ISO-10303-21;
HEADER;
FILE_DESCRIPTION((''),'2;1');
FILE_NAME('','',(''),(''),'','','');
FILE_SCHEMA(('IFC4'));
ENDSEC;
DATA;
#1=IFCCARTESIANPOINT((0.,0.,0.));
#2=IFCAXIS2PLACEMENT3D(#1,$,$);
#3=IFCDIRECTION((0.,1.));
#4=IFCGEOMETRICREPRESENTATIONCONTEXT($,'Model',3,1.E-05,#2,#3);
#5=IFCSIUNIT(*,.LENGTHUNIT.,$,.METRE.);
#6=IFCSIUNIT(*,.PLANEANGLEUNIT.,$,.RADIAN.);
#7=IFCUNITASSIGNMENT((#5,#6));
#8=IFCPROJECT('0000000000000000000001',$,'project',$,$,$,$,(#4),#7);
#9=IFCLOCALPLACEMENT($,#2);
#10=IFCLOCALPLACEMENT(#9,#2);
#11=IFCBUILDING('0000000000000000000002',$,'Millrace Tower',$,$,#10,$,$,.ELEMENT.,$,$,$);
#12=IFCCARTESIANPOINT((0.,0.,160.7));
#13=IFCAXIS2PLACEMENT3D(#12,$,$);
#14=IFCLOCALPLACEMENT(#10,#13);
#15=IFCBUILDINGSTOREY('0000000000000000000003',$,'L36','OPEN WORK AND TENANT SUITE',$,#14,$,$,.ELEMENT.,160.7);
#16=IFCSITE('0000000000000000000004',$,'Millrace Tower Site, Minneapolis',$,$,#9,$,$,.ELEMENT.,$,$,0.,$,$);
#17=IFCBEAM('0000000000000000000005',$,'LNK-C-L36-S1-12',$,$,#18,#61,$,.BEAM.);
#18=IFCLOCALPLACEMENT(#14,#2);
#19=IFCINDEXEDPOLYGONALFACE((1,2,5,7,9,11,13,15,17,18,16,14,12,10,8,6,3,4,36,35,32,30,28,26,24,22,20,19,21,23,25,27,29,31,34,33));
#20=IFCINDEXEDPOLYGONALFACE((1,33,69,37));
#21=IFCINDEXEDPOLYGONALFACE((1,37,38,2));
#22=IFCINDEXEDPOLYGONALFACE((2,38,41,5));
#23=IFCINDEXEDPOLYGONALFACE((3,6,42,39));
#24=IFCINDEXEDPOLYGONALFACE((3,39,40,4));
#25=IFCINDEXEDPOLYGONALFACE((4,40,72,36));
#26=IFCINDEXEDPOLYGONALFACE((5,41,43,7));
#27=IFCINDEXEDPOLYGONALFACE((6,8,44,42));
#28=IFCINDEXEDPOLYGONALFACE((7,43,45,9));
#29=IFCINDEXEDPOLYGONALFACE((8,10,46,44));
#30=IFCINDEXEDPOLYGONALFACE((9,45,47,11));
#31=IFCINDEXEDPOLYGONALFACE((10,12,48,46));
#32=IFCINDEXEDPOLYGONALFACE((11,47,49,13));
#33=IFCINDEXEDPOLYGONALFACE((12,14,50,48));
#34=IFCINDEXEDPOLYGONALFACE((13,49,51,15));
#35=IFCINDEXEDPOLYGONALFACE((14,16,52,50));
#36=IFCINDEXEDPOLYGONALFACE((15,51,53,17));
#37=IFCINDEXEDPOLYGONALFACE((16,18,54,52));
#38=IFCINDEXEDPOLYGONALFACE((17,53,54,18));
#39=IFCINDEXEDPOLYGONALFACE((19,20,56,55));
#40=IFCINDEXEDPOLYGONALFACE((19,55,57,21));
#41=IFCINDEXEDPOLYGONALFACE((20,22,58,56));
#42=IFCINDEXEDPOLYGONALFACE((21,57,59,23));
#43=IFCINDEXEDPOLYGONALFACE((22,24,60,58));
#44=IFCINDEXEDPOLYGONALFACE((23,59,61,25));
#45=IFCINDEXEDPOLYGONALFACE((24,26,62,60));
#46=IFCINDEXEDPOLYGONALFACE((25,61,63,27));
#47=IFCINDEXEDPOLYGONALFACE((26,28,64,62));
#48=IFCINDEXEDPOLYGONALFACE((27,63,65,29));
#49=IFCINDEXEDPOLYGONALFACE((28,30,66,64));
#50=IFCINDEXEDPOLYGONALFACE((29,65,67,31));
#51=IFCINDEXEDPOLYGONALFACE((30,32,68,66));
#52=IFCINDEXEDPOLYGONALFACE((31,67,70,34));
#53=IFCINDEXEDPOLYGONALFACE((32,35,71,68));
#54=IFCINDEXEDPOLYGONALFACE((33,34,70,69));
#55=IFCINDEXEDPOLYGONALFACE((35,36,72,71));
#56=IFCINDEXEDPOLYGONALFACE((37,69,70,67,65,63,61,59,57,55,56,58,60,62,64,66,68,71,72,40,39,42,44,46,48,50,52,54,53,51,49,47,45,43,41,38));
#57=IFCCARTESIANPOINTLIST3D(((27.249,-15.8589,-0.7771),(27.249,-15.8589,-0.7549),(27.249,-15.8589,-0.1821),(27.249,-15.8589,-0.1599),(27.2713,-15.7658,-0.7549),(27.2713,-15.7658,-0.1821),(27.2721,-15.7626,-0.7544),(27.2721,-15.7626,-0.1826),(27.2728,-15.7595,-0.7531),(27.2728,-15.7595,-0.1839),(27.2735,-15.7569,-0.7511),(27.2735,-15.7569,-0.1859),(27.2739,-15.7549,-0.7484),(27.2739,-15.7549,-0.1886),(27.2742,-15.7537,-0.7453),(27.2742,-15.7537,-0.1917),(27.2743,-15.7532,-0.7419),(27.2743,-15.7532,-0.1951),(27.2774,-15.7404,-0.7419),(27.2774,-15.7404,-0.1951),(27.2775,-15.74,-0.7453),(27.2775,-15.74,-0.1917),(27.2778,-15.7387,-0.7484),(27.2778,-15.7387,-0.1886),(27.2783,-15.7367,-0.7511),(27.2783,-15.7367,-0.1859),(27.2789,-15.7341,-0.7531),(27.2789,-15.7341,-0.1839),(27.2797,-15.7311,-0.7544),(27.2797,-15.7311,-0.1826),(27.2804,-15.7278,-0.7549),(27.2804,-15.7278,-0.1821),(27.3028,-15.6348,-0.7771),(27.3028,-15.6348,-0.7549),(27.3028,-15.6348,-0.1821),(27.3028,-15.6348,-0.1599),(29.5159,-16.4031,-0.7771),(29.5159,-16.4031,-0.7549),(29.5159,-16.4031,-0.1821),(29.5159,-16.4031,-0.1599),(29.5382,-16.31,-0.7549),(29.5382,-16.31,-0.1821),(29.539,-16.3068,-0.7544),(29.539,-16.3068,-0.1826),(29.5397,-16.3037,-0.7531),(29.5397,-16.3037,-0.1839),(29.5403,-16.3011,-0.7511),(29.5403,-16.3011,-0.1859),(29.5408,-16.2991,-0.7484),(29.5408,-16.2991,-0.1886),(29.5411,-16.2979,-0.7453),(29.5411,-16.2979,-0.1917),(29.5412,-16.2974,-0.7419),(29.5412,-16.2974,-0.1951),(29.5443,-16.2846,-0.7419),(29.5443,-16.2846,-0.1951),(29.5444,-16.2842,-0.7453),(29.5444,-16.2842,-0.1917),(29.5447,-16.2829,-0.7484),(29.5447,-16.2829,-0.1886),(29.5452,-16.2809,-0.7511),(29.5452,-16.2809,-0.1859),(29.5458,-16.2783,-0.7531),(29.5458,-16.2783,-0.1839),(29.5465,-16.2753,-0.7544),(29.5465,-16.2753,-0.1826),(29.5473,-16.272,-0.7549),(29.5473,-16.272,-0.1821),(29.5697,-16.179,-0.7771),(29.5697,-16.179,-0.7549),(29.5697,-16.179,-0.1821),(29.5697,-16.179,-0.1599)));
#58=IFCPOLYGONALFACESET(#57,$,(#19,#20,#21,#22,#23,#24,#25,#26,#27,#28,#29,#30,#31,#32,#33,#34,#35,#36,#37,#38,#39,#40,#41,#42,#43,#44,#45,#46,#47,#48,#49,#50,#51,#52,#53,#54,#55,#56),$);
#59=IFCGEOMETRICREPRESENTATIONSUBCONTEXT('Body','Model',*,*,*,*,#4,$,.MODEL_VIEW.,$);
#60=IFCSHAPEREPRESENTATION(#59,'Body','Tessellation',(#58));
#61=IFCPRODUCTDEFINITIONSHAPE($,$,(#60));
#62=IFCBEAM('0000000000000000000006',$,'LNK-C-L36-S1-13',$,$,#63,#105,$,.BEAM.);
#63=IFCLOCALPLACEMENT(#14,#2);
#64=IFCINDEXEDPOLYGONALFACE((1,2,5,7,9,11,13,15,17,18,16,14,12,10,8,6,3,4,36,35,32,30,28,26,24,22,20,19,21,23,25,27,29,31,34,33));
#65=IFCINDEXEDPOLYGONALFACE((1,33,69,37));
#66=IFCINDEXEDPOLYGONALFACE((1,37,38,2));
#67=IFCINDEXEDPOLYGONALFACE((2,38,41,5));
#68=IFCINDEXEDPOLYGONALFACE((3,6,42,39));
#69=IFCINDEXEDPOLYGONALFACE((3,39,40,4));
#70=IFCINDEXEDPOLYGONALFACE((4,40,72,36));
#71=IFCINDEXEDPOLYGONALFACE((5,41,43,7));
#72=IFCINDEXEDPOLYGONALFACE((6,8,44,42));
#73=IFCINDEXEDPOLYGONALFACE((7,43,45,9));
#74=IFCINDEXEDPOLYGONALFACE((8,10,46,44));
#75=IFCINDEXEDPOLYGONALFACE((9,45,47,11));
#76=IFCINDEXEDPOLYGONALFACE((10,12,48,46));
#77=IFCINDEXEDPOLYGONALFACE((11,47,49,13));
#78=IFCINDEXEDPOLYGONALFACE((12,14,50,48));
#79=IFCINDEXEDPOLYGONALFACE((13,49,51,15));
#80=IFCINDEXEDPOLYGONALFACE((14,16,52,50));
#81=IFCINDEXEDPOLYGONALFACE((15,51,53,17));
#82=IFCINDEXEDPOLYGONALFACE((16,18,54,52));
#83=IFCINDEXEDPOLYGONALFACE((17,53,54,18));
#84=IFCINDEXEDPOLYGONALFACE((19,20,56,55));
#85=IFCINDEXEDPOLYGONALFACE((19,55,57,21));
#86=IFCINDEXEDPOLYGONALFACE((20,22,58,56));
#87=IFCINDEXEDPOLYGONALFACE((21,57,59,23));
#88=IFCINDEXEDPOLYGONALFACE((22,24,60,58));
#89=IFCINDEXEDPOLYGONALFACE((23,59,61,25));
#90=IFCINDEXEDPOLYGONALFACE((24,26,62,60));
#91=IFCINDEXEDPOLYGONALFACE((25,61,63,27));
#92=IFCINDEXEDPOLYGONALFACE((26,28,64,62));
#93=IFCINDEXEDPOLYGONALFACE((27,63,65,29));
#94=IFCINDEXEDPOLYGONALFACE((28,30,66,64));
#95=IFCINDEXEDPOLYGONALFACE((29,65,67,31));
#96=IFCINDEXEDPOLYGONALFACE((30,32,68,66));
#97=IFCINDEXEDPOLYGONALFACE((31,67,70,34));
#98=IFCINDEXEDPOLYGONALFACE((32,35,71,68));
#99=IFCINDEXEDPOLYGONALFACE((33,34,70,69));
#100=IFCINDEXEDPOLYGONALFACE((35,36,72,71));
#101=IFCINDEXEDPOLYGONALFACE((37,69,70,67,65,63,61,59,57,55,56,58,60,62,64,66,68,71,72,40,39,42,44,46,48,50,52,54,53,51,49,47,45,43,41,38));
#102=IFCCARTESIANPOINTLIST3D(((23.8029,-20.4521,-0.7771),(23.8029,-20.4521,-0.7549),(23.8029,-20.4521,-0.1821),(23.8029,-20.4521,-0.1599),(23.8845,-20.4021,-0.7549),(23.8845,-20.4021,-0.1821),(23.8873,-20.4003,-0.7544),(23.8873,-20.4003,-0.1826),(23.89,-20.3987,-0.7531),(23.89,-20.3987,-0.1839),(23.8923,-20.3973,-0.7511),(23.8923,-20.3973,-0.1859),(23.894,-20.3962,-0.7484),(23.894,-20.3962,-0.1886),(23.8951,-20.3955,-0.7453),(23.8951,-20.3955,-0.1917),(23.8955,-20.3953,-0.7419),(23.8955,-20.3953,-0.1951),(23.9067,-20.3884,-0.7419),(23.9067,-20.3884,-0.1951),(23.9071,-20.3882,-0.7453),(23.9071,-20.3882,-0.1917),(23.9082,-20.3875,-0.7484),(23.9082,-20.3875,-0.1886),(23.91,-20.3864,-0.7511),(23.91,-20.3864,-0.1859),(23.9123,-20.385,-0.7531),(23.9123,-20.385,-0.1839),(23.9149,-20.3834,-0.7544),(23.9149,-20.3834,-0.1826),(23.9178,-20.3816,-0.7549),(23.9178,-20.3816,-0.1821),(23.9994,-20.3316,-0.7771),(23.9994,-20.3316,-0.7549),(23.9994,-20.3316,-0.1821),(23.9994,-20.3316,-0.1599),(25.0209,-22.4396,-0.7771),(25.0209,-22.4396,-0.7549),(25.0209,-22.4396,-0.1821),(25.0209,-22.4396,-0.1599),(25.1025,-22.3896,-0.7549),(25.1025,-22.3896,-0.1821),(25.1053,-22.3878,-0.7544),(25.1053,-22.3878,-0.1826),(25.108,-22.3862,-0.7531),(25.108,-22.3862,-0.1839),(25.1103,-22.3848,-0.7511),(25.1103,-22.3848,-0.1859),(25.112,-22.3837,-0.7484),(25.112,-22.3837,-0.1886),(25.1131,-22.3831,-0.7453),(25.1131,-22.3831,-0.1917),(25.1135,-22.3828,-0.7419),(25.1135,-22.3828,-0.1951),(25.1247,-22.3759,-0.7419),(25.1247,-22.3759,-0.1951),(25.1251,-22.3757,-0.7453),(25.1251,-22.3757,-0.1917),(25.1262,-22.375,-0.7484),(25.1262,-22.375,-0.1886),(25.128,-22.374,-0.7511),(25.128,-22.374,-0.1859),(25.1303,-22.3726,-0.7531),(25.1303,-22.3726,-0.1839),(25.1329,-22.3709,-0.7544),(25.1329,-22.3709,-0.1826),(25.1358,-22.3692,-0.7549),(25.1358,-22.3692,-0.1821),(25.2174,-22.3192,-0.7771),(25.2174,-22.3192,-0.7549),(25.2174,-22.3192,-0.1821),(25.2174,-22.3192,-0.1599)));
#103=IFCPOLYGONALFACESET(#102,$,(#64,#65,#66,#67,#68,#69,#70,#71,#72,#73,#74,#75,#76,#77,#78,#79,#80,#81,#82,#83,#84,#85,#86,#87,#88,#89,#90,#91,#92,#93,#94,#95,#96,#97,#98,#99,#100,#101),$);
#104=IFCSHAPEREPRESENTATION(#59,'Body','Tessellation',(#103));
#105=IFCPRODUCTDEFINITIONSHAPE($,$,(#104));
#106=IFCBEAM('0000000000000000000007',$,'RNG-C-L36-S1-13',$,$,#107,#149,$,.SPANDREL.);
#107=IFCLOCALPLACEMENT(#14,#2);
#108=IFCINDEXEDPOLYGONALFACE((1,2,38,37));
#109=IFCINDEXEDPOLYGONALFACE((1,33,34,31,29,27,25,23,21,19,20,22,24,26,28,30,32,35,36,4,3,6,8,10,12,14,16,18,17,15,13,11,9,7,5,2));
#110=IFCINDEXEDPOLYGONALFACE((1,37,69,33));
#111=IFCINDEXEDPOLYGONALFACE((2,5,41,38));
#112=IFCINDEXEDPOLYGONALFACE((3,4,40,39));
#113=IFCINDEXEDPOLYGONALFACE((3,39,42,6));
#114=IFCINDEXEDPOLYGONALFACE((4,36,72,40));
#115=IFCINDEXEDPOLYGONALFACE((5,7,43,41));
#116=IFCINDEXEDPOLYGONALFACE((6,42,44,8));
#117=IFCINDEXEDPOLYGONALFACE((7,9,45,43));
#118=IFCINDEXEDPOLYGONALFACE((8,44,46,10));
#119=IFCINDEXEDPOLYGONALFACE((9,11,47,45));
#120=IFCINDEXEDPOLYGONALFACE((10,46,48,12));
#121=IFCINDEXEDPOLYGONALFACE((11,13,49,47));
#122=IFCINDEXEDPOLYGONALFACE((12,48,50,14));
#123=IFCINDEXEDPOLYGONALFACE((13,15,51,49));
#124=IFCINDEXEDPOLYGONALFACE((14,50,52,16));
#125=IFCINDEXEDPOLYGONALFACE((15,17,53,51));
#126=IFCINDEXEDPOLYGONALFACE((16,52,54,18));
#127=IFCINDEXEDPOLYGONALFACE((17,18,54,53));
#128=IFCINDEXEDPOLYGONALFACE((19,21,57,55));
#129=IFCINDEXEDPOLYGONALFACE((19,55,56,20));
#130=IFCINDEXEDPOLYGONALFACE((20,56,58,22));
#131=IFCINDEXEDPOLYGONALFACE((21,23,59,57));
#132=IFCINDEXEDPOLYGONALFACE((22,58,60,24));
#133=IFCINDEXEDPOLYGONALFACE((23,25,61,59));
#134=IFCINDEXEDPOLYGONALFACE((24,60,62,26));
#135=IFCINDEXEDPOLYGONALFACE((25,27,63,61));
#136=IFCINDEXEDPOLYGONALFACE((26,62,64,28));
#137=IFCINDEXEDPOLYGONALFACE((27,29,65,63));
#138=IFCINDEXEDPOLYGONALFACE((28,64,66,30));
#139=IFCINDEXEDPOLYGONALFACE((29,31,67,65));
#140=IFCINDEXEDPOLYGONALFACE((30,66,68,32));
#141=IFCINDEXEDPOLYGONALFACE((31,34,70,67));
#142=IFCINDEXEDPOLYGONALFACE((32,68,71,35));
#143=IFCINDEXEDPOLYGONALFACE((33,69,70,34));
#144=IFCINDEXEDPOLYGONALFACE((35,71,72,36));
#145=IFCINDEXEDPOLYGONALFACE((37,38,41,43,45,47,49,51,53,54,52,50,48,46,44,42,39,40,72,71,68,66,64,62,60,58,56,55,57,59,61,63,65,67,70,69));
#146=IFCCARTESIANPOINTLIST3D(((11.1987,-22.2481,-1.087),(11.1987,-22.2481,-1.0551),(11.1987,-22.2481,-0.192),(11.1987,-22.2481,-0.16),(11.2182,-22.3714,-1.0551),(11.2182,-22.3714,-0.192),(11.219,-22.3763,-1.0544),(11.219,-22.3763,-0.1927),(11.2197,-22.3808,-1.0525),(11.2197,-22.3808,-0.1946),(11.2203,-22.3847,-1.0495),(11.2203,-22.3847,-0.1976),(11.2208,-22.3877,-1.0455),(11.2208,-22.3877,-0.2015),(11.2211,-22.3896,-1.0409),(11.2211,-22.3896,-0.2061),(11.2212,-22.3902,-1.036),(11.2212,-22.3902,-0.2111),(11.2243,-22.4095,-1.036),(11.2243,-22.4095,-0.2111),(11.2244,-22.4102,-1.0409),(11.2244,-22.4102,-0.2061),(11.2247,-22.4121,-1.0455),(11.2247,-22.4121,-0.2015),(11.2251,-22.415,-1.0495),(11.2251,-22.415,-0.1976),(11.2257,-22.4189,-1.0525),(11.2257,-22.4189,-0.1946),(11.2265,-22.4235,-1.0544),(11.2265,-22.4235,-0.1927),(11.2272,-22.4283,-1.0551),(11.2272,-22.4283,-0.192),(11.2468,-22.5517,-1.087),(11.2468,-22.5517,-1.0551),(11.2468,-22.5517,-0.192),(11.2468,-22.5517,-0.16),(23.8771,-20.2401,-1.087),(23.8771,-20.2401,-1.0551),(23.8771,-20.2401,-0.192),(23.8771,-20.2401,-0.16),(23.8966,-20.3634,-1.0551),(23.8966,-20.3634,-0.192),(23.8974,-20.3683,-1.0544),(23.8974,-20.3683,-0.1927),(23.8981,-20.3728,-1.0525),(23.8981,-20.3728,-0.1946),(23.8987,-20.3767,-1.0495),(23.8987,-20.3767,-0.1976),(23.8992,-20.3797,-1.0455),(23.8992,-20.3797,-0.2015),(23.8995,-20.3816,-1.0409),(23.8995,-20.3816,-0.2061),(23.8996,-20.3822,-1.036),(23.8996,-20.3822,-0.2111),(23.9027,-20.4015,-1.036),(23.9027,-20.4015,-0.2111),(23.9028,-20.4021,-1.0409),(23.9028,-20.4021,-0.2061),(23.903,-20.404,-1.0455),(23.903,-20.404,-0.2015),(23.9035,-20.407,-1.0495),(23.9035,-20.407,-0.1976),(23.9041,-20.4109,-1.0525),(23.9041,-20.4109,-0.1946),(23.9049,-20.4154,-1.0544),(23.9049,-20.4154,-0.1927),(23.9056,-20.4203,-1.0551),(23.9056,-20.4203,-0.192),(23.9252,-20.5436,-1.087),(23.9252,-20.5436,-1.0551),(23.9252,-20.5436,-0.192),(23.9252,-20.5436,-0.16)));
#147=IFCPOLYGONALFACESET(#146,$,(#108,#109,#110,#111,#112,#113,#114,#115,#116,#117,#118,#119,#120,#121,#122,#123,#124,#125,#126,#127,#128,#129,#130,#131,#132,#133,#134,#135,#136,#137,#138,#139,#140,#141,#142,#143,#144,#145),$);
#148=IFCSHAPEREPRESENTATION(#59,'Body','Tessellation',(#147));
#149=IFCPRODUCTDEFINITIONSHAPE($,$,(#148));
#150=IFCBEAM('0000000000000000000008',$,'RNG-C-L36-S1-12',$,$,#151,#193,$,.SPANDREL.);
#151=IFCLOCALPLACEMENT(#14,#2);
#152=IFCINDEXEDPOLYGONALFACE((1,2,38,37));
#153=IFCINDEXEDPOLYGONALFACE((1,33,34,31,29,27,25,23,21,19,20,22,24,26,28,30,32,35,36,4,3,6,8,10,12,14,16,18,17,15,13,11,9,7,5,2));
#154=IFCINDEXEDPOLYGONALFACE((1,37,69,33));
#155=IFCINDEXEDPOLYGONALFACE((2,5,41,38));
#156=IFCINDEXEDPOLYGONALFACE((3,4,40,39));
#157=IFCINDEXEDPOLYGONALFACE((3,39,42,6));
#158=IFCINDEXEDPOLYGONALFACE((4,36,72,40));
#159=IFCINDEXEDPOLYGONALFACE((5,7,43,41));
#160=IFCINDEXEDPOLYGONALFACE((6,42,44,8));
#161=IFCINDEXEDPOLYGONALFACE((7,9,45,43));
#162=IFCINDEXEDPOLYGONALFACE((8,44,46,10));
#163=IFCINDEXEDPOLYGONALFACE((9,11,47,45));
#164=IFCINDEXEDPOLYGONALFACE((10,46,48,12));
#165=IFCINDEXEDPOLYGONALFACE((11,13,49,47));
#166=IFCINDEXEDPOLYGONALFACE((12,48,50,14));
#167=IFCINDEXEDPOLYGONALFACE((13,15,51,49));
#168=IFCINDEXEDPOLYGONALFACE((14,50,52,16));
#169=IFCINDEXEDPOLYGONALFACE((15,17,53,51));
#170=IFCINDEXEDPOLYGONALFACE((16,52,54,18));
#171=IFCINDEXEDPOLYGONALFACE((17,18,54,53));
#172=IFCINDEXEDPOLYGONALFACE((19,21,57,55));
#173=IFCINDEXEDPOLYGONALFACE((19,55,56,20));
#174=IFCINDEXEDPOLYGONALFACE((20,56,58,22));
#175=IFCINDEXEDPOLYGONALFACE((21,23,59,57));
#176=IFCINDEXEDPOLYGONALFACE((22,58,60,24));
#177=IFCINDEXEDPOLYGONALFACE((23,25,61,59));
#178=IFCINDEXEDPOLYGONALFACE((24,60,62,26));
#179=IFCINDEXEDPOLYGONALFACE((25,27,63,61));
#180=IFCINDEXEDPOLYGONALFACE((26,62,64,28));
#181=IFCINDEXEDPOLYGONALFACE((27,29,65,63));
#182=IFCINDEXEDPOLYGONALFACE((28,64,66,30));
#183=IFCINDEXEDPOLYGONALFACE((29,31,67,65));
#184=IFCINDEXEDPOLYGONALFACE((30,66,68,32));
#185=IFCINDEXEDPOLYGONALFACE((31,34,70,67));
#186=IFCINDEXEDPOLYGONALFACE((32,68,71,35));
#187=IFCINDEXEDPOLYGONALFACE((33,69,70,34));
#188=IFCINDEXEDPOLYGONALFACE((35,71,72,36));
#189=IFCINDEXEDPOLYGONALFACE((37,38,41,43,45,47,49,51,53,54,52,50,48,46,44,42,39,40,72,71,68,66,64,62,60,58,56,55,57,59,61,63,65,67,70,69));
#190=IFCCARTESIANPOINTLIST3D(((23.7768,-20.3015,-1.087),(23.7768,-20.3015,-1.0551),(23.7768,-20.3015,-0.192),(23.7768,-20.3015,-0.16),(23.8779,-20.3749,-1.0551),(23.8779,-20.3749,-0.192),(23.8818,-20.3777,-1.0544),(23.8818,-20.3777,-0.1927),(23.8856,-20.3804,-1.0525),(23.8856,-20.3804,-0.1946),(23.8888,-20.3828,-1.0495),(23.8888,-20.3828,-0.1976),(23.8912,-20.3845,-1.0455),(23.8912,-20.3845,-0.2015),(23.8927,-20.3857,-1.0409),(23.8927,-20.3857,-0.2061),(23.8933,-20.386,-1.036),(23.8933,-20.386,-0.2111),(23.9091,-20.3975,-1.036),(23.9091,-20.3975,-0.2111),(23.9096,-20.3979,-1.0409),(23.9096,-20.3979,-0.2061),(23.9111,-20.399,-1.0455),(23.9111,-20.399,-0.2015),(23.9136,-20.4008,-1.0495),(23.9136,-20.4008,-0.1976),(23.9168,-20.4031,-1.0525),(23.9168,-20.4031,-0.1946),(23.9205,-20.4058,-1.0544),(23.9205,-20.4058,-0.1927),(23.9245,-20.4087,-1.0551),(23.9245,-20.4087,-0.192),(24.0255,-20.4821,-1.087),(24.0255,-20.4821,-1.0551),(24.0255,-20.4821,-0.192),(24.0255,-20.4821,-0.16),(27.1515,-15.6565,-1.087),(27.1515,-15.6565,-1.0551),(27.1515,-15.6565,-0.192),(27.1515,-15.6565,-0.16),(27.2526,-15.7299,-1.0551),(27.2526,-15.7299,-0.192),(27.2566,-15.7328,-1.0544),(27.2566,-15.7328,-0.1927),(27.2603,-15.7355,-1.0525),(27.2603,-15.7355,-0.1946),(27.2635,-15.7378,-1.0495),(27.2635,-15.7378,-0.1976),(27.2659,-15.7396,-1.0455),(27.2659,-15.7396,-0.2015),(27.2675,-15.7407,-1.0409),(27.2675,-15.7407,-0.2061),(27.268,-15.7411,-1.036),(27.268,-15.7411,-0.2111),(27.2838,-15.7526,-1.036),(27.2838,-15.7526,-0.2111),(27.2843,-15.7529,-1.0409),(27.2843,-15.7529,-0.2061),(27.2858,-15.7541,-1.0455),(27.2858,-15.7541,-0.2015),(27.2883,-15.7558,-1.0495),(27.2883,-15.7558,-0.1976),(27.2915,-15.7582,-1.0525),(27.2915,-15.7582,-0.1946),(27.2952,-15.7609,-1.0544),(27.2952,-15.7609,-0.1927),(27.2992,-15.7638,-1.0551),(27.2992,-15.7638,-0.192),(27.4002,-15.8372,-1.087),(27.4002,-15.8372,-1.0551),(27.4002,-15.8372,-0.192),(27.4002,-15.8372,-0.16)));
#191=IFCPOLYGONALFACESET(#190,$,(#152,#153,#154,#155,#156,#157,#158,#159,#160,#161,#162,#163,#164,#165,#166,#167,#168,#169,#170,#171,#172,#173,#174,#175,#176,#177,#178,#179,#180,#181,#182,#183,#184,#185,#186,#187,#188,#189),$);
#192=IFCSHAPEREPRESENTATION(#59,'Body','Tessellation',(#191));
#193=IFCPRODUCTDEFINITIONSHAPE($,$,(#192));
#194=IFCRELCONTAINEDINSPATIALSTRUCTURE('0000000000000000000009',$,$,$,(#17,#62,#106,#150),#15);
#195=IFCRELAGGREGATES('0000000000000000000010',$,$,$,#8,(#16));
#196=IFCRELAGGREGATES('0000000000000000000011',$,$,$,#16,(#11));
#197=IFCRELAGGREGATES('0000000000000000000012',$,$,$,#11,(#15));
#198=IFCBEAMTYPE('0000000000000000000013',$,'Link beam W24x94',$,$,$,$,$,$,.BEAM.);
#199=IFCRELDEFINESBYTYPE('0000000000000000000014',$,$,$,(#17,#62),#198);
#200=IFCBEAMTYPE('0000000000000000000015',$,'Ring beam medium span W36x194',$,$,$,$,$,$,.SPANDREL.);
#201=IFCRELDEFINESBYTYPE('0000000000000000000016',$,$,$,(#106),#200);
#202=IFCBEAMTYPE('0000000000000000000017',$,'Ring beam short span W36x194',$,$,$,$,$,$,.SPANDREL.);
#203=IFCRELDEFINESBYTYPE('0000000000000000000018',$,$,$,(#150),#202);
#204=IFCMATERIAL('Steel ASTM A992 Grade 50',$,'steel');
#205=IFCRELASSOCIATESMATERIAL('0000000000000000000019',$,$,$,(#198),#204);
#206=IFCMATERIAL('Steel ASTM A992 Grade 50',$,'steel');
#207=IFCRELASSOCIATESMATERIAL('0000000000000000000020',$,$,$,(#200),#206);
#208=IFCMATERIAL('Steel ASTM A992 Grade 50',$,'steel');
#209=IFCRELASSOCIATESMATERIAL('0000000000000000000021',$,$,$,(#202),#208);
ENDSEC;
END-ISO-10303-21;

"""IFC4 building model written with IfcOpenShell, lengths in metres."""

from ifc_helpers import new_model, si_unit, direction, frame, origin, origin_2d, place, context, subcontext, project, spatial, i_section, extrude, material, material_profile, profile_set, type_object, element, save


model = new_model("IFC4")

# Units and contexts
model_context = context("Model", 3, precision=1e-05, world=origin(), true_north=direction((0.0, 1.0)))
body_context = subcontext(model_context, "Body", "Model", "MODEL_VIEW")
ifc_project = project(units=[si_unit("LENGTHUNIT", "METRE"), si_unit("PLANEANGLEUNIT", "RADIAN")], contexts=[model_context])

# Site, building, storey
site_placement = place(None, origin())
site = spatial("IfcSite", under=ifc_project, at=site_placement, Name="Millrace Tower Site, Minneapolis", CompositionType="ELEMENT", RefElevation=0.0)
building_placement = place(site_placement, origin())
building = spatial("IfcBuilding", under=site, at=building_placement, Name="Millrace Tower", CompositionType="ELEMENT")
storey_placement = place(building_placement, frame((0.0, 0.0, 160.7)))
storey = spatial("IfcBuildingStorey", under=building, at=storey_placement, Name="L36", Description="OPEN WORK AND TENANT SUITE", CompositionType="ELEMENT", Elevation=160.7)

# Beams
ifc_material_1 = material(Name="Steel ASTM A992 Grade 50", Category="steel")
ifc_material_profile_1 = material_profile(ifc_material_1, i_section(OverallWidth=0.2305, OverallDepth=0.6172, WebThickness=0.0132, FlangeThickness=0.0222, FilletRadius=0.0129, at=origin_2d()))
ifc_profile_set_1 = profile_set([ifc_material_profile_1], Name="Steel ASTM A992 Grade 50")
beam_type_1 = type_object("IfcBeamType", Name="Link beam W24x94", PredefinedType="BEAM", material=ifc_profile_set_1)
beam_1_placement = place(storey_placement, frame((27.2759, -15.7468, -0.4685), z_axis=(0.972373, -0.233432, 0.0), x_axis=(0.233432, 0.972373, 0.0)))
element("IfcBeam", 1, at=beam_1_placement, inside=storey, type_object=beam_type_1, Name="LNK-C-L36-S1-12", PredefinedType="BEAM", context=body_context, shape_type="SweptSolid", body=[
    extrude(i_section(OverallWidth=0.2305, OverallDepth=0.6172, WebThickness=0.0132, FlangeThickness=0.0222, FilletRadius=0.0129, at=origin_2d()), origin(), (0.0, 0.0, 1.0), 2.3313),
])
beam_2_placement = place(storey_placement, frame((23.9011, -20.3918, -0.4685), z_axis=(0.522513, -0.852631, 0.0), x_axis=(0.852631, 0.522513, 0.0)))
element("IfcBeam", 2, at=beam_2_placement, inside=storey, type_object=beam_type_1, Name="LNK-C-L36-S1-13", PredefinedType="BEAM", context=body_context, shape_type="SweptSolid", body=[
    extrude(i_section(OverallWidth=0.2305, OverallDepth=0.6172, WebThickness=0.0132, FlangeThickness=0.0222, FilletRadius=0.0129, at=origin_2d()), origin(), (0.0, 0.0, 1.0), 2.3311),
])
ifc_material_2 = material(Name="Steel ASTM A992 Grade 50", Category="steel")
ifc_material_profile_2 = material_profile(ifc_material_2, i_section(OverallWidth=0.3074, OverallDepth=0.927, WebThickness=0.0195, FlangeThickness=0.032, FilletRadius=0.019, at=origin_2d()))
ifc_profile_set_2 = profile_set([ifc_material_profile_2], Name="Steel ASTM A992 Grade 50")
beam_type_2 = type_object("IfcBeamType", Name="Ring beam medium span W36x194", PredefinedType="SPANDREL", material=ifc_profile_set_2)
beam_3_placement = place(storey_placement, frame((23.9011, -20.3918, -0.6235), z_axis=(-0.987689, -0.156433, 0.0), x_axis=(0.156433, -0.987689, 0.0)))
element("IfcBeam", 3, at=beam_3_placement, inside=storey, type_object=beam_type_2, Name="RNG-C-L36-S1-13", PredefinedType="SPANDREL", context=body_context, shape_type="SweptSolid", body=[
    extrude(i_section(OverallWidth=0.3074, OverallDepth=0.927, WebThickness=0.0195, FlangeThickness=0.032, FilletRadius=0.019, at=origin_2d()), origin(), (0.0, 0.0, 1.0), 12.8364),
])
ifc_material_3 = material(Name="Steel ASTM A992 Grade 50", Category="steel")
ifc_material_profile_3 = material_profile(ifc_material_3, i_section(OverallWidth=0.3074, OverallDepth=0.927, WebThickness=0.0195, FlangeThickness=0.032, FilletRadius=0.019, at=origin_2d()))
ifc_profile_set_3 = profile_set([ifc_material_profile_3], Name="Steel ASTM A992 Grade 50")
beam_type_3 = type_object("IfcBeamType", Name="Ring beam short span W36x194", PredefinedType="SPANDREL", material=ifc_profile_set_3)
beam_4_placement = place(storey_placement, frame((27.2759, -15.7468, -0.6235), z_axis=(-0.58778, -0.809021, 0.0), x_axis=(0.809021, -0.58778, 0.0)))
element("IfcBeam", 4, at=beam_4_placement, inside=storey, type_object=beam_type_3, Name="RNG-C-L36-S1-12", PredefinedType="SPANDREL", context=body_context, shape_type="SweptSolid", body=[
    extrude(i_section(OverallWidth=0.3074, OverallDepth=0.927, WebThickness=0.0195, FlangeThickness=0.032, FilletRadius=0.019, at=origin_2d()), origin(), (0.0, 0.0, 1.0), 5.7415),
])

save(model, "model.ifc")
